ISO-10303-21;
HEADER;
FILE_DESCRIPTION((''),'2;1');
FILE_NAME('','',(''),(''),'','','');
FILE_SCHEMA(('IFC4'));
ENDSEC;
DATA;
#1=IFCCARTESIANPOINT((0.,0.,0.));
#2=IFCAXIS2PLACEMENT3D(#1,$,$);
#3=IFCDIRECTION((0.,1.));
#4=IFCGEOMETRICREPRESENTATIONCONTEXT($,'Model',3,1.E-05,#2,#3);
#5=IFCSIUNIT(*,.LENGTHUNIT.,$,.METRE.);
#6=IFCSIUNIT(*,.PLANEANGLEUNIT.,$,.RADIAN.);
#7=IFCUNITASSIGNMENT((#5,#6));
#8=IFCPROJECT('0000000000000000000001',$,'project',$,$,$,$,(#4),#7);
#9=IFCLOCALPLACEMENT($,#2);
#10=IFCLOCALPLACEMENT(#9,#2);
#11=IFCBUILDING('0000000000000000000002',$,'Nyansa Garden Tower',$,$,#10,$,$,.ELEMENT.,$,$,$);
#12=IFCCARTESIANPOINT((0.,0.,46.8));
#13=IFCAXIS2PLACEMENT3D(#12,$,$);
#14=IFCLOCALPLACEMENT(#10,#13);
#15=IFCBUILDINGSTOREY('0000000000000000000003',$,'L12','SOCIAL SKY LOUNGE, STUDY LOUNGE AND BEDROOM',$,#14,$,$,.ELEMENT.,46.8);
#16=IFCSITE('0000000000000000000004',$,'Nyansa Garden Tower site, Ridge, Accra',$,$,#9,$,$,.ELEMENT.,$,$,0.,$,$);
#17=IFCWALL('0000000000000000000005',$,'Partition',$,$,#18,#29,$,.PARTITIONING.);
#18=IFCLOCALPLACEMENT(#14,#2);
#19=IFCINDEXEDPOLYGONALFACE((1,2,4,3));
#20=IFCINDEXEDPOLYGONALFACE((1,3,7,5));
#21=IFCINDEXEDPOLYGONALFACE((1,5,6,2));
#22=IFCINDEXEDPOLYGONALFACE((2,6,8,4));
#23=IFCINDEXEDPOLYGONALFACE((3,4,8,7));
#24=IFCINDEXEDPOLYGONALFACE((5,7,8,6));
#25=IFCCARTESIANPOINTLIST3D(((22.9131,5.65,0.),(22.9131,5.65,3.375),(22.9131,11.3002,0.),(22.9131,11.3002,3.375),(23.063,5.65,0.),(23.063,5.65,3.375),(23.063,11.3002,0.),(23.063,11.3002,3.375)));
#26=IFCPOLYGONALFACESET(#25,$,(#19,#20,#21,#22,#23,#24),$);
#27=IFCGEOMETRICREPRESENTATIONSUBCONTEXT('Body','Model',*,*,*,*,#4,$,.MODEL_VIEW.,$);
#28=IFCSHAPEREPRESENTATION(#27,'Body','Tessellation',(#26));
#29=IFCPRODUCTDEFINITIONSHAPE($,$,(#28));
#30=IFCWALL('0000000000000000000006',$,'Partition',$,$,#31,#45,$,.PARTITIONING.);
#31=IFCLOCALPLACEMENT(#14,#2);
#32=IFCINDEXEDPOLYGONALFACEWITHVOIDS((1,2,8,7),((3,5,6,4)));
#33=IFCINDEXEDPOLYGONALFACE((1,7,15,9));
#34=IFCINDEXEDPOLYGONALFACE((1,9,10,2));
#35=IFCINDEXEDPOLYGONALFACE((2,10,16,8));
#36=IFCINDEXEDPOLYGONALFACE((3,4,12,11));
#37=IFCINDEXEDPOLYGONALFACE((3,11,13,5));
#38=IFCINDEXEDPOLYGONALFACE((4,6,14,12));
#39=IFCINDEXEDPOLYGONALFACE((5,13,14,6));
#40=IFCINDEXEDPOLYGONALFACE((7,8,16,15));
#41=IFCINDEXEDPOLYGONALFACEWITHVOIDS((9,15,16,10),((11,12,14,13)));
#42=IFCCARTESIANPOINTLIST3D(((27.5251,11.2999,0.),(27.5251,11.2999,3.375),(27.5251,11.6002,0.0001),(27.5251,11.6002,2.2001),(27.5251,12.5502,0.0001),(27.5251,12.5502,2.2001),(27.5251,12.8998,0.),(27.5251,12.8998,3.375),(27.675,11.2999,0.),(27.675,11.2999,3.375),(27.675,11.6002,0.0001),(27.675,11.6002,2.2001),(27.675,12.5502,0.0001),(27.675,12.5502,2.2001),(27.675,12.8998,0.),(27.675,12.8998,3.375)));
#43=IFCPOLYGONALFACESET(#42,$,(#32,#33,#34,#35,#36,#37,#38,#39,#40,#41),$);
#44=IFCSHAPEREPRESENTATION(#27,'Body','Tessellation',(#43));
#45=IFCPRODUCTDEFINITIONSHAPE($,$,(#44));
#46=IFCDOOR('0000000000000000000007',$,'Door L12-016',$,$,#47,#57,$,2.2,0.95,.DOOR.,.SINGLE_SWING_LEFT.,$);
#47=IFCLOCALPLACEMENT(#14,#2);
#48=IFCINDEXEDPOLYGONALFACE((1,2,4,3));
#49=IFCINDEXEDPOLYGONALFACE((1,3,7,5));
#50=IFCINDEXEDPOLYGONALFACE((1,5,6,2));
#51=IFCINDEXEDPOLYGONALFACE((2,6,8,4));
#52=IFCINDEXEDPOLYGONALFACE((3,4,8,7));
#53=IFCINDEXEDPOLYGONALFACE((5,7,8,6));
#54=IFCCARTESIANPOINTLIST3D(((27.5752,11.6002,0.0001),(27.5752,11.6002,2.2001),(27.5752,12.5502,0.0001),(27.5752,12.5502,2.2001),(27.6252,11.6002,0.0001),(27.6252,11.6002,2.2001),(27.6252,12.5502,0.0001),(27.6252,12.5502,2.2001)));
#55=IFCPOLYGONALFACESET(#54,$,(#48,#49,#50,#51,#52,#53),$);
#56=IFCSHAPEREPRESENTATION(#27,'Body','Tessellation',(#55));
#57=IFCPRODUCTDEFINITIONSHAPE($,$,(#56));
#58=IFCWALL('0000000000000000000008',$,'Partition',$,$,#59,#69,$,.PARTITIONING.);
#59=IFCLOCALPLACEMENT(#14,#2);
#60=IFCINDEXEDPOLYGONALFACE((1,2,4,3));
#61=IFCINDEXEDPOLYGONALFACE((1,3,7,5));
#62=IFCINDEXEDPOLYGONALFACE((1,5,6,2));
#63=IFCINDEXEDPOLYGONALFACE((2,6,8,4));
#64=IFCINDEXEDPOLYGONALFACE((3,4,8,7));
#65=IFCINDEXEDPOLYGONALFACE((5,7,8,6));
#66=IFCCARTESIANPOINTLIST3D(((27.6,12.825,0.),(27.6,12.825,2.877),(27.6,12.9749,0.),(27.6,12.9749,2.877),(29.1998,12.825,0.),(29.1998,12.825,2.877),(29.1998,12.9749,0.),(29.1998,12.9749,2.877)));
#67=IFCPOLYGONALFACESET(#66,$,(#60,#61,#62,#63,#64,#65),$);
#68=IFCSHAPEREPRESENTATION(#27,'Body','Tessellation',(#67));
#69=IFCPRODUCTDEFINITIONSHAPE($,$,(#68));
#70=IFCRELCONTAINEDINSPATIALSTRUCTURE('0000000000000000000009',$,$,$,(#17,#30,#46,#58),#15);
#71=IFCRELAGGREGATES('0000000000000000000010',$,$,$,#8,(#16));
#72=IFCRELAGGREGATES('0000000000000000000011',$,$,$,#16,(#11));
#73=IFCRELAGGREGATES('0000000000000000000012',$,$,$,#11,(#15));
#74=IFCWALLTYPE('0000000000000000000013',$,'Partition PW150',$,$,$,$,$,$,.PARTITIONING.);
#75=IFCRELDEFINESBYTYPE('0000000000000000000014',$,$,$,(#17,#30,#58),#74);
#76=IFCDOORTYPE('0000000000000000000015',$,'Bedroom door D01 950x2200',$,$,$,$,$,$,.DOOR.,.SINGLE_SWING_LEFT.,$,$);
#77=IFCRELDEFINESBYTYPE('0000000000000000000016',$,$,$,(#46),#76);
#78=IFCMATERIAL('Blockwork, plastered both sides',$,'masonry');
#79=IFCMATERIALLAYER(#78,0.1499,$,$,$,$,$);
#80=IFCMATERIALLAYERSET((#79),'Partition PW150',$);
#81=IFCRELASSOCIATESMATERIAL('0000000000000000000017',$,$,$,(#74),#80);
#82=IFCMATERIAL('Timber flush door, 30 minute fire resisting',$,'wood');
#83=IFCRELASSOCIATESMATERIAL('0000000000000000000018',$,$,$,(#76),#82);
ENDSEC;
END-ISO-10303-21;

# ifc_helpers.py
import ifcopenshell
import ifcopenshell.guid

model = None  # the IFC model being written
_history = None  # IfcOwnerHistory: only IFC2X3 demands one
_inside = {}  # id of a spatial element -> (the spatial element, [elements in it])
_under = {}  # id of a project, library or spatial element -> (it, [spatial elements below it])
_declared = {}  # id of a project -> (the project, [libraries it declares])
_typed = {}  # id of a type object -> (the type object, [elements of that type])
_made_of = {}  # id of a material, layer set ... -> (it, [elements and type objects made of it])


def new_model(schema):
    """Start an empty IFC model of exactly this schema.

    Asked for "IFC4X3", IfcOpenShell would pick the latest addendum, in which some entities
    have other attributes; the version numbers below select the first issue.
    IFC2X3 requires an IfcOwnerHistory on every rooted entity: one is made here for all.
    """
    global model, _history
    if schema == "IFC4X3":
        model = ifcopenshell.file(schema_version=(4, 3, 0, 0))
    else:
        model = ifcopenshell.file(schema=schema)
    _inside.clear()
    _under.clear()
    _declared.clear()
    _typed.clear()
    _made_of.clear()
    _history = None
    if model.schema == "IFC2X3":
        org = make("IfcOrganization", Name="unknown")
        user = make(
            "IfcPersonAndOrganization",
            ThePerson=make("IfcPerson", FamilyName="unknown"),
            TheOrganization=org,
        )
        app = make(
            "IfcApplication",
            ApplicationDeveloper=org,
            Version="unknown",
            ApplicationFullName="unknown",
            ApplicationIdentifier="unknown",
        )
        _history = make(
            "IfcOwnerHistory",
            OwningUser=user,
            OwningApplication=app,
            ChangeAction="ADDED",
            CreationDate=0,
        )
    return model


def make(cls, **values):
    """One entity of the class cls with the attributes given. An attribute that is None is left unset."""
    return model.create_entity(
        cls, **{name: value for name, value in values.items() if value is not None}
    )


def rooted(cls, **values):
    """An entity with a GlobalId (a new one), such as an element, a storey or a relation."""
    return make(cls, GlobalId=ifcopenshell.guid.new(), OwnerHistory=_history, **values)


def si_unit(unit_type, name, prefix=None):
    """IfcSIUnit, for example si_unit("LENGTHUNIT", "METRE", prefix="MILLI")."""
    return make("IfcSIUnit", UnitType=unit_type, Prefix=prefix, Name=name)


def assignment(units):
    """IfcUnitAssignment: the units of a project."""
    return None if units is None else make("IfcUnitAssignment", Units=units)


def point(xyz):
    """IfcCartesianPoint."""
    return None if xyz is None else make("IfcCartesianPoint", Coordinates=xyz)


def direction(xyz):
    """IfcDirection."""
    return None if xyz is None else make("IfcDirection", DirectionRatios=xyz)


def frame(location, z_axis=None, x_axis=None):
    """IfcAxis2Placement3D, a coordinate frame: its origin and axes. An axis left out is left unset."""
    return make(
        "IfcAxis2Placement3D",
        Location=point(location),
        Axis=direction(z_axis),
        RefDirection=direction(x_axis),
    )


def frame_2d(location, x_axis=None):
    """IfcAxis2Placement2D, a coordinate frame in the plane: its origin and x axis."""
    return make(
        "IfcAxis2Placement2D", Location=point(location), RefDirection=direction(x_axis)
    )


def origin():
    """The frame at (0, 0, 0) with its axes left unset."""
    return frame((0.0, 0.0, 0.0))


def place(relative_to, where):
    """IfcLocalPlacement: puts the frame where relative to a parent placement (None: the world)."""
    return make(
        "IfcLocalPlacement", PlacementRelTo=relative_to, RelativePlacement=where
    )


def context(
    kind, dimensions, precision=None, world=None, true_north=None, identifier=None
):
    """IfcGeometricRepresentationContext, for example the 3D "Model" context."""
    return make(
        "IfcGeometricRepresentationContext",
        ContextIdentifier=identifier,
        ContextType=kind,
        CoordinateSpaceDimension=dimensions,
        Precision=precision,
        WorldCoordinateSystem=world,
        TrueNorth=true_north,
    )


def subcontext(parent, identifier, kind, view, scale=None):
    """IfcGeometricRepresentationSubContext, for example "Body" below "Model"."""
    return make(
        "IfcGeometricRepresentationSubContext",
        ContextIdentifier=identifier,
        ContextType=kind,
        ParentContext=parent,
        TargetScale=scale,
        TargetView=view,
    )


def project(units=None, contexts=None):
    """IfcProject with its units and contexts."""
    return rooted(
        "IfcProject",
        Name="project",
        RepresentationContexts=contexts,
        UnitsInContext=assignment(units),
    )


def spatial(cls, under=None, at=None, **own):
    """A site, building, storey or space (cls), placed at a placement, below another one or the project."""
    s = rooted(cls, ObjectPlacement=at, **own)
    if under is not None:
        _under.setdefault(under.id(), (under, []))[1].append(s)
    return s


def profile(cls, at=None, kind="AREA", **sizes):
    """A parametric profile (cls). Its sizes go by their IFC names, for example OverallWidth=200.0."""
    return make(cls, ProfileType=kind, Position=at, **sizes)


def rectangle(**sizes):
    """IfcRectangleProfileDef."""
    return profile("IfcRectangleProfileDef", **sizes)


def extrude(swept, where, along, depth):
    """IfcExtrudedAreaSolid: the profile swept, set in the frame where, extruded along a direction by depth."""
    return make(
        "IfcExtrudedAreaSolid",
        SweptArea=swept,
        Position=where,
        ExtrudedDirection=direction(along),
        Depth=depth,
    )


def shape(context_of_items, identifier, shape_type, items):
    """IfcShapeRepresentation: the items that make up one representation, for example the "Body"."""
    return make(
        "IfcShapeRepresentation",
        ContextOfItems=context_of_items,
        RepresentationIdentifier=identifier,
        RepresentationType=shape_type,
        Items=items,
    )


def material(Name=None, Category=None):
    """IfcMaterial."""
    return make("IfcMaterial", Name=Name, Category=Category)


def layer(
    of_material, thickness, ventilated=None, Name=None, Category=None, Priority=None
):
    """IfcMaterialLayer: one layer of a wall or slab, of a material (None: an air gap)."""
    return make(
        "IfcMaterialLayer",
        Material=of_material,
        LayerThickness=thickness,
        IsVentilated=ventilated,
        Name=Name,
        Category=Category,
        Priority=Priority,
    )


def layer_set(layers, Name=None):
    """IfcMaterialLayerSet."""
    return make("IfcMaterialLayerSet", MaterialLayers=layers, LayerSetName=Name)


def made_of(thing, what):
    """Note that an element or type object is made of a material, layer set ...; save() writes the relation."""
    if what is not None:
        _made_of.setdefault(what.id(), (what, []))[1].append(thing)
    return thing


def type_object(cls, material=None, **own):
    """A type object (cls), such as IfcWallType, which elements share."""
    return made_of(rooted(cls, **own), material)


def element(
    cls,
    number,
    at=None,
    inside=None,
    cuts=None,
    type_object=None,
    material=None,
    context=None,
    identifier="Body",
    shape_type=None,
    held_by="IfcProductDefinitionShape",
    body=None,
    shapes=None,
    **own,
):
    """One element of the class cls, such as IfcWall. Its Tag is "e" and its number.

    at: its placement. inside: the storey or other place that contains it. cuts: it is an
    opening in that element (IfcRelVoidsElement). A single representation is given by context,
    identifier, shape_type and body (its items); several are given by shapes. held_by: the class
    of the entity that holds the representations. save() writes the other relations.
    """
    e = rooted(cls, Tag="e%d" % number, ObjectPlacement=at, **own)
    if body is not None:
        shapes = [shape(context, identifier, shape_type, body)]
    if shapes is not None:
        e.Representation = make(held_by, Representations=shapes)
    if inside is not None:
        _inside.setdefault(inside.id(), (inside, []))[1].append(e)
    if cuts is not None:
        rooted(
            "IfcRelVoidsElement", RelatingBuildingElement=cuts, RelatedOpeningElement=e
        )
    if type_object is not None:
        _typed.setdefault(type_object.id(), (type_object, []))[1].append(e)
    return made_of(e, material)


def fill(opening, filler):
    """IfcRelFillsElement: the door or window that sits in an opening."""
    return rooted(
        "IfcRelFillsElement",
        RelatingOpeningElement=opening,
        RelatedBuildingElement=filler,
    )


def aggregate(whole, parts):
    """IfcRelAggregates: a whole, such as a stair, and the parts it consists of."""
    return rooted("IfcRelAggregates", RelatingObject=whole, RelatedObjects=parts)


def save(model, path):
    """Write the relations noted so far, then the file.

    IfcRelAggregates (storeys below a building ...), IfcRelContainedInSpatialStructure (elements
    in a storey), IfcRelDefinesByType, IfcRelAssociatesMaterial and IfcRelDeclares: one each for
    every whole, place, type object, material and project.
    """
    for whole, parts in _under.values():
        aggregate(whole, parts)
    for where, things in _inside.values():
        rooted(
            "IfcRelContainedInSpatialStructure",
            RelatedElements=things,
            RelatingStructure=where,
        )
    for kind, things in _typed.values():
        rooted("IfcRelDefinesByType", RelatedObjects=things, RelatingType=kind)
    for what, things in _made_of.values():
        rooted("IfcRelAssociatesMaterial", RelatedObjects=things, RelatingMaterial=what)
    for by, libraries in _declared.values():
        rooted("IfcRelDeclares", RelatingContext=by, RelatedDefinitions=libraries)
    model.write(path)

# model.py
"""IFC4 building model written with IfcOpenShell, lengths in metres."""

from ifc_helpers import new_model, si_unit, direction, frame, frame_2d, origin, place, context, subcontext, project, spatial, rectangle, extrude, material, layer, layer_set, type_object, element, fill, save


model = new_model("IFC4")

# Units and contexts
model_context = context("Model", 3, precision=1e-05, world=origin(), true_north=direction((0.0, 1.0)))
body_context = subcontext(model_context, "Body", "Model", "MODEL_VIEW")
ifc_project = project(units=[si_unit("LENGTHUNIT", "METRE"), si_unit("PLANEANGLEUNIT", "RADIAN")], contexts=[model_context])

# Site, building, storey
site_placement = place(None, origin())
site = spatial("IfcSite", under=ifc_project, at=site_placement, Name="Nyansa Garden Tower site, Ridge, Accra", CompositionType="ELEMENT", RefElevation=0.0)
building_placement = place(site_placement, origin())
building = spatial("IfcBuilding", under=site, at=building_placement, Name="Nyansa Garden Tower", CompositionType="ELEMENT")
storey_placement = place(building_placement, frame((0.0, 0.0, 46.8)))
storey = spatial("IfcBuildingStorey", under=building, at=storey_placement, Name="L12", Description="SOCIAL SKY LOUNGE, STUDY LOUNGE AND BEDROOM", CompositionType="ELEMENT", Elevation=46.8)

# Shared definitions
ifc_material_1 = material(Name="Blockwork, plastered both sides", Category="masonry")
ifc_layer_1 = layer(ifc_material_1, 0.1499)
ifc_layer_set_1 = layer_set([ifc_layer_1], Name="Partition PW150")
wall_type_1 = type_object("IfcWallType", Name="Partition PW150", PredefinedType="PARTITIONING", material=ifc_layer_set_1)
ifc_material_2 = material(Name="Timber flush door, 30 minute fire resisting", Category="wood")
door_type_1 = type_object("IfcDoorType", Name="Bedroom door D01 950x2200", OperationType="SINGLE_SWING_LEFT", PredefinedType="DOOR", material=ifc_material_2)

# Wall
wall_1_placement = place(storey_placement, frame((22.988, 5.6499, 0.0), z_axis=(0.0, 0.0, 1.0), x_axis=(0.0, 1.0, 0.0)))
element("IfcWall", 1, at=wall_1_placement, inside=storey, type_object=wall_type_1, Name="Partition", PredefinedType="PARTITIONING", context=body_context, shape_type="SweptSolid", body=[
    extrude(rectangle(XDim=5.6501, YDim=0.1499, at=frame_2d((2.8252, 0.0))), origin(), (0.0, 0.0, 1.0), 3.375),
])

# Wall, opening, door
wall_2_placement = place(storey_placement, frame((27.6001, 11.3, 0.0), z_axis=(0.0, 0.0, 1.0), x_axis=(0.0, 1.0, 0.0)))
wall_2 = element("IfcWall", 2, at=wall_2_placement, inside=storey, type_object=wall_type_1, Name="Partition", PredefinedType="PARTITIONING", context=body_context, shape_type="SweptSolid", body=[
    extrude(rectangle(XDim=1.5999, YDim=0.1499, at=frame_2d((0.7998, 0.0))), origin(), (0.0, 0.0, 1.0), 3.375),
])
opening_1_placement = place(wall_2_placement, frame((0.3, 0.0, 0.0)))
opening_1 = element("IfcOpeningElement", 3, at=opening_1_placement, cuts=wall_2, PredefinedType="OPENING", context=body_context, shape_type="SweptSolid", body=[
    extrude(rectangle(XDim=0.95, YDim=2.2, at=frame_2d((0.4751, 1.1001))), frame((0.0, 0.085, 0.0), z_axis=(0.0, -1.0, 0.0), x_axis=(1.0, 0.0, 0.0)), (0.0, 0.0, 1.0), 0.1699),
])
door_1_placement = place(opening_1_placement, origin())
door_1 = element("IfcDoor", 4, at=door_1_placement, inside=storey, type_object=door_type_1, Name="Door L12-016", OperationType="SINGLE_SWING_LEFT", OverallHeight=2.2, OverallWidth=0.95, PredefinedType="DOOR", context=body_context, shape_type="SweptSolid", body=[
    extrude(rectangle(XDim=0.95, YDim=2.2, at=frame_2d((0.4751, 1.1001))), frame((0.0, 0.0249, 0.0), z_axis=(0.0, -1.0, 0.0), x_axis=(1.0, 0.0, 0.0)), (0.0, 0.0, 1.0), 0.05),
])
fill(opening_1, door_1)

# Wall
wall_3_placement = place(storey_placement, frame((27.6001, 12.8999, 0.0), z_axis=(0.0, 0.0, 1.0), x_axis=(1.0, 0.0, 0.0)))
element("IfcWall", 5, at=wall_3_placement, inside=storey, type_object=wall_type_1, Name="Partition", PredefinedType="PARTITIONING", context=body_context, shape_type="SweptSolid", body=[
    extrude(rectangle(XDim=1.5999, YDim=0.1499, at=frame_2d((0.7998, 0.0))), origin(), (0.0, 0.0, 1.0), 2.877),
])

save(model, "model.ifc")
